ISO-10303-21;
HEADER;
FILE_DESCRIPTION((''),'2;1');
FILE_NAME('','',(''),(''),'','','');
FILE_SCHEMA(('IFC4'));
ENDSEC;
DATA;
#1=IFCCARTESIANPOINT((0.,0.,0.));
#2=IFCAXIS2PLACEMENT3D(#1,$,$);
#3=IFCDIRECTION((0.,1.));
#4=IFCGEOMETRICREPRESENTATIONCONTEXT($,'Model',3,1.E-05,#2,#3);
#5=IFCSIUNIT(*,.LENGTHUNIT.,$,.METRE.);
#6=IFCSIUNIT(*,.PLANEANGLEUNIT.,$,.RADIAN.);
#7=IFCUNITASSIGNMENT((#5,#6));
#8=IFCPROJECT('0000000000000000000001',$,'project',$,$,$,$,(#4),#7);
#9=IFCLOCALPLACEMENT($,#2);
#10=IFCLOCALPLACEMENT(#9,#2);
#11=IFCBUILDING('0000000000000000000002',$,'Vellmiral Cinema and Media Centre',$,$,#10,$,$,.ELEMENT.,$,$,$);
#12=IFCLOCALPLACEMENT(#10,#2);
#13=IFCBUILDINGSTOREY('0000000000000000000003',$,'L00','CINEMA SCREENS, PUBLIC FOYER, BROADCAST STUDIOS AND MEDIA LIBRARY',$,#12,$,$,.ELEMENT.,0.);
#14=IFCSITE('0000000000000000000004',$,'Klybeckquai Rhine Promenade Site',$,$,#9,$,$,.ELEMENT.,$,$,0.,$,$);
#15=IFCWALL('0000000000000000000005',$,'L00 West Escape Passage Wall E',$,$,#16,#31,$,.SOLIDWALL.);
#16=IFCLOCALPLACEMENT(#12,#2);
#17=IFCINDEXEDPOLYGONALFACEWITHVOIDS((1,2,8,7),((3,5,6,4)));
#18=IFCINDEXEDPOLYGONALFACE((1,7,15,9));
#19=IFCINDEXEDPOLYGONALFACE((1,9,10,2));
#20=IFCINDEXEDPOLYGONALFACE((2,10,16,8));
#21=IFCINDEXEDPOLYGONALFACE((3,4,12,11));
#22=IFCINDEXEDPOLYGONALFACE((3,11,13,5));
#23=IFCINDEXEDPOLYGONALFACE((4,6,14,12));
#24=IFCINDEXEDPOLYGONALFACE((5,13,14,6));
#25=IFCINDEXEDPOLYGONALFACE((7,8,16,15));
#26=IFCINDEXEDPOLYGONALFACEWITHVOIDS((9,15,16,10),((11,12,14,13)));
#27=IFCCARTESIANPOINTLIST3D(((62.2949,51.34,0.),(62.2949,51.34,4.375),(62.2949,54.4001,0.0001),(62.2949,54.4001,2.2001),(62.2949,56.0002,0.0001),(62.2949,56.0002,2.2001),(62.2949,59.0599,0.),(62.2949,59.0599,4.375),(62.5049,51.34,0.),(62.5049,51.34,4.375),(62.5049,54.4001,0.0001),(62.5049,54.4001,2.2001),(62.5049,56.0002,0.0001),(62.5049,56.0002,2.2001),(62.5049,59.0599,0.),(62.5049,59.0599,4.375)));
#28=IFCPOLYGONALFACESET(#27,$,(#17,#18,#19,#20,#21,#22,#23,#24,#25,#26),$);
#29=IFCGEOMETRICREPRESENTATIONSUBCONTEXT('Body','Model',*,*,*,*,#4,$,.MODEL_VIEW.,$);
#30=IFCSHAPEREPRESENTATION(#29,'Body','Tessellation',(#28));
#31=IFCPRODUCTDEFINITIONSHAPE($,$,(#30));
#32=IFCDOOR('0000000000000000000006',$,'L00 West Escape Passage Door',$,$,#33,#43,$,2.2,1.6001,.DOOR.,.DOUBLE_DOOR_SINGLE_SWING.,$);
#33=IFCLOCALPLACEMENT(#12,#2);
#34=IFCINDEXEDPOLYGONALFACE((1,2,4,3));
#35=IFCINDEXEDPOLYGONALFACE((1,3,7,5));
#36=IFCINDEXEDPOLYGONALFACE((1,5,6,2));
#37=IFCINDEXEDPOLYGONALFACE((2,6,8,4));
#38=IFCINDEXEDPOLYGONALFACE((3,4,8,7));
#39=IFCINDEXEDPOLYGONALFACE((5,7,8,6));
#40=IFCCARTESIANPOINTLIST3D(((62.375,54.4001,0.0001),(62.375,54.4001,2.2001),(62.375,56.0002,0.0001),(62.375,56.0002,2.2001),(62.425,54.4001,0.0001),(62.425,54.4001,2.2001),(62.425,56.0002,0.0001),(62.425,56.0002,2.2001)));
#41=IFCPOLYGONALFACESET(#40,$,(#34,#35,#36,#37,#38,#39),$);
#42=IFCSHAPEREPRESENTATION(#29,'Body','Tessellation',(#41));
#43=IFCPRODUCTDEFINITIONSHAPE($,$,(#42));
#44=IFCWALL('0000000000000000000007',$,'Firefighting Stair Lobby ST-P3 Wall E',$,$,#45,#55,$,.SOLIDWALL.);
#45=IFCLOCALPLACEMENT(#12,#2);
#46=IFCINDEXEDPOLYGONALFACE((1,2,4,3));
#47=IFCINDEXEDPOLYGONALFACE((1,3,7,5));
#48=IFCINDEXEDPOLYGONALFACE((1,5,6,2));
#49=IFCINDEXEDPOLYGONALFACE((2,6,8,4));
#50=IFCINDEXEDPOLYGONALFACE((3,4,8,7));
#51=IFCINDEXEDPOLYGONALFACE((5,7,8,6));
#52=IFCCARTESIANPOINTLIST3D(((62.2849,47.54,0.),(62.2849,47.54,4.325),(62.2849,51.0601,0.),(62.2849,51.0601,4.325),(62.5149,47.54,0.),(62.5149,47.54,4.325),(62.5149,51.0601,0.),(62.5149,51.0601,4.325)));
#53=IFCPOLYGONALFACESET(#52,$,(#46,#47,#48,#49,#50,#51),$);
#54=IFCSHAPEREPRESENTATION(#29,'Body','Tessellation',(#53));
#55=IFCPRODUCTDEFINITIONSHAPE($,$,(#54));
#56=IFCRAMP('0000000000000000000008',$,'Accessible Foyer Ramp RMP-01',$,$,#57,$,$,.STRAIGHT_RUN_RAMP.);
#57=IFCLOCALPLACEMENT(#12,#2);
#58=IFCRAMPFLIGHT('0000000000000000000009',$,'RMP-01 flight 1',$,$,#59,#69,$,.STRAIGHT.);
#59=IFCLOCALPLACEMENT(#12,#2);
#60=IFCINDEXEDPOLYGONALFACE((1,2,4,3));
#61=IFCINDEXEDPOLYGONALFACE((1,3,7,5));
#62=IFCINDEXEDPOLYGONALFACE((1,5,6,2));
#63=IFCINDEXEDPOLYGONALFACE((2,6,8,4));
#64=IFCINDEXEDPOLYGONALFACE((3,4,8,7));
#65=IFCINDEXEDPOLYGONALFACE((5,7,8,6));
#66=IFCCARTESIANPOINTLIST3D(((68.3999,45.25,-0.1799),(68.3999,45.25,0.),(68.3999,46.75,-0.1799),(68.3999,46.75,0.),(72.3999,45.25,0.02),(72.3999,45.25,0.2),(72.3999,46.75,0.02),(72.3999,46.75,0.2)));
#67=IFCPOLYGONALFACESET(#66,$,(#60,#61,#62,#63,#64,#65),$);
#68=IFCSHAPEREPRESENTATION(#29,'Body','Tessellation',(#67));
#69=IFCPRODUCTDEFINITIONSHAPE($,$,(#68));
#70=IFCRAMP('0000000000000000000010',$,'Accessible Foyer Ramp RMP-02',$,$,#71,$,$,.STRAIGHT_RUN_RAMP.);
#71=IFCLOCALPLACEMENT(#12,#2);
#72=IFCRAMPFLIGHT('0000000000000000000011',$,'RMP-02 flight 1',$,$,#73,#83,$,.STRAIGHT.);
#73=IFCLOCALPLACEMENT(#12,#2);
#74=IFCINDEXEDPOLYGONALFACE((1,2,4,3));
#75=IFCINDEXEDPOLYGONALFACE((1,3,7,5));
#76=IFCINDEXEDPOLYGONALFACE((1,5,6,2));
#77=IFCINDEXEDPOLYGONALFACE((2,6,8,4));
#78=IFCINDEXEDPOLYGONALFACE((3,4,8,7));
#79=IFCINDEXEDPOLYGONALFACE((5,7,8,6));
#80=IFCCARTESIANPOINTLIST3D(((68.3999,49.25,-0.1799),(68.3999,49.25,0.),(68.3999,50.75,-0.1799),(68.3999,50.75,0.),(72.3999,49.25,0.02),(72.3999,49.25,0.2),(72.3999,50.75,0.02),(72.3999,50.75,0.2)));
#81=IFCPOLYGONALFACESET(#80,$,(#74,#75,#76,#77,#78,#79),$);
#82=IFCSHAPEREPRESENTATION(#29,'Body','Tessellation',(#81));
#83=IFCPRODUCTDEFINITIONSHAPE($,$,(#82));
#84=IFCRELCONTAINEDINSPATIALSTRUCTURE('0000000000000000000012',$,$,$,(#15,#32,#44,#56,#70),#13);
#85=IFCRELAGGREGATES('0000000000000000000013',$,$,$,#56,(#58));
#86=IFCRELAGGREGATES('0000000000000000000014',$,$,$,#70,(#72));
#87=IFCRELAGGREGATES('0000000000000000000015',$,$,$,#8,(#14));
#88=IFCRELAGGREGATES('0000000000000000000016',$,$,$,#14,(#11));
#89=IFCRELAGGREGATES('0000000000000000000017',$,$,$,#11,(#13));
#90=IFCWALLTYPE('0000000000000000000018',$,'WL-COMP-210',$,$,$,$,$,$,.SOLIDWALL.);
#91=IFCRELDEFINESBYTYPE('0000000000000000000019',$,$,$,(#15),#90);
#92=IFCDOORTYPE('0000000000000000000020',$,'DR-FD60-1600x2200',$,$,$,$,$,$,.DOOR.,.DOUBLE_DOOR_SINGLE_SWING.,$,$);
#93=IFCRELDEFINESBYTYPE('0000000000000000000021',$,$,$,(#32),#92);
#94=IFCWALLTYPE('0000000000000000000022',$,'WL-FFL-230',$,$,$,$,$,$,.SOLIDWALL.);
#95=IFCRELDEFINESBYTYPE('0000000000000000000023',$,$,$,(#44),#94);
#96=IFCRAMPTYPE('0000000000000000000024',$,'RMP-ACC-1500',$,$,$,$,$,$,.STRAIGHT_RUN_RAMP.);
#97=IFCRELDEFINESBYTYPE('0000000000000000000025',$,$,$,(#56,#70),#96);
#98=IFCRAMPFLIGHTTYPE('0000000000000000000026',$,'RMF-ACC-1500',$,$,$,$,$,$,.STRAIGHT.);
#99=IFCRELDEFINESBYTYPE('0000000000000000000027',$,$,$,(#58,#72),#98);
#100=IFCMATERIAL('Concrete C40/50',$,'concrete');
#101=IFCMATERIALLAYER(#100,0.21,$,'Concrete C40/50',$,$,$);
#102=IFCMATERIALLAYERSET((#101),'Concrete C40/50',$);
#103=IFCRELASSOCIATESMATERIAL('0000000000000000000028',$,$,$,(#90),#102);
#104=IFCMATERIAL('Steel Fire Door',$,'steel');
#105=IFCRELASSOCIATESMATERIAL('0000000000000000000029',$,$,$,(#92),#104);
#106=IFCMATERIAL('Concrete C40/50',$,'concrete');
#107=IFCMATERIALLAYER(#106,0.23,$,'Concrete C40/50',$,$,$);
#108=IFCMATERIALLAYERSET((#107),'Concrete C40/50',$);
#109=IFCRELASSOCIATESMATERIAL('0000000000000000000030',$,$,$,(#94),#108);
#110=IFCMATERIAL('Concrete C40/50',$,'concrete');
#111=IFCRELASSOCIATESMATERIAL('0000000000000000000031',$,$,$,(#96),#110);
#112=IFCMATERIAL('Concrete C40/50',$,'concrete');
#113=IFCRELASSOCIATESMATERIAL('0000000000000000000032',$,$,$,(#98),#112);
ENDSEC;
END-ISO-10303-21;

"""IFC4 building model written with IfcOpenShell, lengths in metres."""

from ifc_helpers import new_model, si_unit, direction, frame, frame_2d, origin, place, context, subcontext, project, spatial, polyline, rectangle, outline, extrude, material, layer, layer_set, type_object, element, fill, aggregate, save


model = new_model("IFC4")

# Units and contexts
model_context = context("Model", 3, precision=1e-05, world=origin(), true_north=direction((0.0, 1.0)))
body_context = subcontext(model_context, "Body", "Model", "MODEL_VIEW")
ifc_project = project(units=[si_unit("LENGTHUNIT", "METRE"), si_unit("PLANEANGLEUNIT", "RADIAN")], contexts=[model_context])

# Site, building, storey
site_placement = place(None, origin())
site = spatial("IfcSite", under=ifc_project, at=site_placement, Name="Klybeckquai Rhine Promenade Site", CompositionType="ELEMENT", RefElevation=0.0)
building_placement = place(site_placement, origin())
building = spatial("IfcBuilding", under=site, at=building_placement, Name="Vellmiral Cinema and Media Centre", CompositionType="ELEMENT")
storey_placement = place(building_placement, origin())
storey = spatial("IfcBuildingStorey", under=building, at=storey_placement, Name="L00", Description="CINEMA SCREENS, PUBLIC FOYER, BROADCAST STUDIOS AND MEDIA LIBRARY", CompositionType="ELEMENT", Elevation=0.0)

# Wall, opening, door
ifc_material_1 = material(Name="Concrete C40/50", Category="concrete")
ifc_layer_1 = layer(ifc_material_1, 0.21, Name="Concrete C40/50")
ifc_layer_set_1 = layer_set([ifc_layer_1], Name="Concrete C40/50")
wall_type_1 = type_object("IfcWallType", Name="WL-COMP-210", PredefinedType="SOLIDWALL", material=ifc_layer_set_1)
wall_1_placement = place(storey_placement, frame((62.3999, 51.3401, 0.0), z_axis=(0.0, 0.0, 1.0), x_axis=(0.0, 1.0, 0.0)))
wall_1 = element("IfcWall", 1, at=wall_1_placement, inside=storey, type_object=wall_type_1, Name="L00 West Escape Passage Wall E", PredefinedType="SOLIDWALL", context=body_context, shape_type="SweptSolid", body=[
    extrude(rectangle(XDim=7.72, YDim=0.21, at=frame_2d((3.8599, 0.0))), origin(), (0.0, 0.0, 1.0), 4.375),
])
opening_placement = place(wall_1_placement, frame((3.0601, 0.0, 0.0)))
opening = element("IfcOpeningElement", 2, at=opening_placement, cuts=wall_1, PredefinedType="OPENING", context=body_context, shape_type="SweptSolid", body=[
    extrude(rectangle(XDim=1.6001, YDim=2.2, at=frame_2d((0.8, 1.1001))), frame((0.0, 0.1169, 0.0), z_axis=(0.0, -1.0, 0.0), x_axis=(1.0, 0.0, 0.0)), (0.0, 0.0, 1.0), 0.2339),
])
ifc_material_2 = material(Name="Steel Fire Door", Category="steel")
door_type = type_object("IfcDoorType", Name="DR-FD60-1600x2200", OperationType="DOUBLE_DOOR_SINGLE_SWING", PredefinedType="DOOR", material=ifc_material_2)
door_placement = place(opening_placement, origin())
door = element("IfcDoor", 3, at=door_placement, inside=storey, type_object=door_type, Name="L00 West Escape Passage Door", OperationType="DOUBLE_DOOR_SINGLE_SWING", OverallHeight=2.2, OverallWidth=1.6001, PredefinedType="DOOR", context=body_context, shape_type="SweptSolid", body=[
    extrude(rectangle(XDim=1.6001, YDim=2.2, at=frame_2d((0.8, 1.1001))), frame((0.0, 0.0249, 0.0), z_axis=(0.0, -1.0, 0.0), x_axis=(1.0, 0.0, 0.0)), (0.0, 0.0, 1.0), 0.05),
])
fill(opening, door)

# Wall
ifc_material_3 = material(Name="Concrete C40/50", Category="concrete")
ifc_layer_2 = layer(ifc_material_3, 0.23, Name="Concrete C40/50")
ifc_layer_set_2 = layer_set([ifc_layer_2], Name="Concrete C40/50")
wall_type_2 = type_object("IfcWallType", Name="WL-FFL-230", PredefinedType="SOLIDWALL", material=ifc_layer_set_2)
wall_2_placement = place(storey_placement, frame((62.3999, 47.54, 0.0), z_axis=(0.0, 0.0, 1.0), x_axis=(0.0, 1.0, 0.0)))
element("IfcWall", 4, at=wall_2_placement, inside=storey, type_object=wall_type_2, Name="Firefighting Stair Lobby ST-P3 Wall E", PredefinedType="SOLIDWALL", context=body_context, shape_type="SweptSolid", body=[
    extrude(rectangle(XDim=3.52, YDim=0.23, at=frame_2d((1.76, 0.0))), origin(), (0.0, 0.0, 1.0), 4.325),
])

# Ramps, ramp flights
ifc_material_4 = material(Name="Concrete C40/50", Category="concrete")
ramp_type = type_object("IfcRampType", Name="RMP-ACC-1500", PredefinedType="STRAIGHT_RUN_RAMP", material=ifc_material_4)
ramp_1_placement = place(storey_placement, origin())
ramp_1 = element("IfcRamp", 5, at=ramp_1_placement, inside=storey, type_object=ramp_type, Name="Accessible Foyer Ramp RMP-01", PredefinedType="STRAIGHT_RUN_RAMP")
ifc_material_5 = material(Name="Concrete C40/50", Category="concrete")
ramp_flight_type = type_object("IfcRampFlightType", Name="RMF-ACC-1500", PredefinedType="STRAIGHT", material=ifc_material_5)
ramp_flight_1_placement = place(storey_placement, frame((68.3999, 46.0, 0.0), z_axis=(0.0, 0.0, 1.0), x_axis=(1.0, 0.0, 0.0)))
ramp_flight_1 = element("IfcRampFlight", 6, at=ramp_flight_1_placement, type_object=ramp_flight_type, Name="RMP-01 flight 1", PredefinedType="STRAIGHT", context=body_context, shape_type="SweptSolid", body=[
    extrude(outline(polyline([(0.0, -0.1799), (0.0, 0.0), (4.0, 0.2), (4.0, 0.02), (0.0, -0.1799)])), frame((0.0, 0.75, 0.0), z_axis=(0.0, -1.0, 0.0), x_axis=(1.0, 0.0, 0.0)), (0.0, 0.0, 1.0), 1.5),
])
aggregate(ramp_1, [ramp_flight_1])
ramp_2_placement = place(storey_placement, origin())
ramp_2 = element("IfcRamp", 7, at=ramp_2_placement, inside=storey, type_object=ramp_type, Name="Accessible Foyer Ramp RMP-02", PredefinedType="STRAIGHT_RUN_RAMP")
ramp_flight_2_placement = place(storey_placement, frame((68.3999, 50.0, 0.0), z_axis=(0.0, 0.0, 1.0), x_axis=(1.0, 0.0, 0.0)))
ramp_flight_2 = element("IfcRampFlight", 8, at=ramp_flight_2_placement, type_object=ramp_flight_type, Name="RMP-02 flight 1", PredefinedType="STRAIGHT", context=body_context, shape_type="SweptSolid", body=[
    extrude(outline(polyline([(0.0, -0.1799), (0.0, 0.0), (4.0, 0.2), (4.0, 0.02), (0.0, -0.1799)])), frame((0.0, 0.75, 0.0), z_axis=(0.0, -1.0, 0.0), x_axis=(1.0, 0.0, 0.0)), (0.0, 0.0, 1.0), 1.5),
])
aggregate(ramp_2, [ramp_flight_2])

save(model, "model.ifc")
